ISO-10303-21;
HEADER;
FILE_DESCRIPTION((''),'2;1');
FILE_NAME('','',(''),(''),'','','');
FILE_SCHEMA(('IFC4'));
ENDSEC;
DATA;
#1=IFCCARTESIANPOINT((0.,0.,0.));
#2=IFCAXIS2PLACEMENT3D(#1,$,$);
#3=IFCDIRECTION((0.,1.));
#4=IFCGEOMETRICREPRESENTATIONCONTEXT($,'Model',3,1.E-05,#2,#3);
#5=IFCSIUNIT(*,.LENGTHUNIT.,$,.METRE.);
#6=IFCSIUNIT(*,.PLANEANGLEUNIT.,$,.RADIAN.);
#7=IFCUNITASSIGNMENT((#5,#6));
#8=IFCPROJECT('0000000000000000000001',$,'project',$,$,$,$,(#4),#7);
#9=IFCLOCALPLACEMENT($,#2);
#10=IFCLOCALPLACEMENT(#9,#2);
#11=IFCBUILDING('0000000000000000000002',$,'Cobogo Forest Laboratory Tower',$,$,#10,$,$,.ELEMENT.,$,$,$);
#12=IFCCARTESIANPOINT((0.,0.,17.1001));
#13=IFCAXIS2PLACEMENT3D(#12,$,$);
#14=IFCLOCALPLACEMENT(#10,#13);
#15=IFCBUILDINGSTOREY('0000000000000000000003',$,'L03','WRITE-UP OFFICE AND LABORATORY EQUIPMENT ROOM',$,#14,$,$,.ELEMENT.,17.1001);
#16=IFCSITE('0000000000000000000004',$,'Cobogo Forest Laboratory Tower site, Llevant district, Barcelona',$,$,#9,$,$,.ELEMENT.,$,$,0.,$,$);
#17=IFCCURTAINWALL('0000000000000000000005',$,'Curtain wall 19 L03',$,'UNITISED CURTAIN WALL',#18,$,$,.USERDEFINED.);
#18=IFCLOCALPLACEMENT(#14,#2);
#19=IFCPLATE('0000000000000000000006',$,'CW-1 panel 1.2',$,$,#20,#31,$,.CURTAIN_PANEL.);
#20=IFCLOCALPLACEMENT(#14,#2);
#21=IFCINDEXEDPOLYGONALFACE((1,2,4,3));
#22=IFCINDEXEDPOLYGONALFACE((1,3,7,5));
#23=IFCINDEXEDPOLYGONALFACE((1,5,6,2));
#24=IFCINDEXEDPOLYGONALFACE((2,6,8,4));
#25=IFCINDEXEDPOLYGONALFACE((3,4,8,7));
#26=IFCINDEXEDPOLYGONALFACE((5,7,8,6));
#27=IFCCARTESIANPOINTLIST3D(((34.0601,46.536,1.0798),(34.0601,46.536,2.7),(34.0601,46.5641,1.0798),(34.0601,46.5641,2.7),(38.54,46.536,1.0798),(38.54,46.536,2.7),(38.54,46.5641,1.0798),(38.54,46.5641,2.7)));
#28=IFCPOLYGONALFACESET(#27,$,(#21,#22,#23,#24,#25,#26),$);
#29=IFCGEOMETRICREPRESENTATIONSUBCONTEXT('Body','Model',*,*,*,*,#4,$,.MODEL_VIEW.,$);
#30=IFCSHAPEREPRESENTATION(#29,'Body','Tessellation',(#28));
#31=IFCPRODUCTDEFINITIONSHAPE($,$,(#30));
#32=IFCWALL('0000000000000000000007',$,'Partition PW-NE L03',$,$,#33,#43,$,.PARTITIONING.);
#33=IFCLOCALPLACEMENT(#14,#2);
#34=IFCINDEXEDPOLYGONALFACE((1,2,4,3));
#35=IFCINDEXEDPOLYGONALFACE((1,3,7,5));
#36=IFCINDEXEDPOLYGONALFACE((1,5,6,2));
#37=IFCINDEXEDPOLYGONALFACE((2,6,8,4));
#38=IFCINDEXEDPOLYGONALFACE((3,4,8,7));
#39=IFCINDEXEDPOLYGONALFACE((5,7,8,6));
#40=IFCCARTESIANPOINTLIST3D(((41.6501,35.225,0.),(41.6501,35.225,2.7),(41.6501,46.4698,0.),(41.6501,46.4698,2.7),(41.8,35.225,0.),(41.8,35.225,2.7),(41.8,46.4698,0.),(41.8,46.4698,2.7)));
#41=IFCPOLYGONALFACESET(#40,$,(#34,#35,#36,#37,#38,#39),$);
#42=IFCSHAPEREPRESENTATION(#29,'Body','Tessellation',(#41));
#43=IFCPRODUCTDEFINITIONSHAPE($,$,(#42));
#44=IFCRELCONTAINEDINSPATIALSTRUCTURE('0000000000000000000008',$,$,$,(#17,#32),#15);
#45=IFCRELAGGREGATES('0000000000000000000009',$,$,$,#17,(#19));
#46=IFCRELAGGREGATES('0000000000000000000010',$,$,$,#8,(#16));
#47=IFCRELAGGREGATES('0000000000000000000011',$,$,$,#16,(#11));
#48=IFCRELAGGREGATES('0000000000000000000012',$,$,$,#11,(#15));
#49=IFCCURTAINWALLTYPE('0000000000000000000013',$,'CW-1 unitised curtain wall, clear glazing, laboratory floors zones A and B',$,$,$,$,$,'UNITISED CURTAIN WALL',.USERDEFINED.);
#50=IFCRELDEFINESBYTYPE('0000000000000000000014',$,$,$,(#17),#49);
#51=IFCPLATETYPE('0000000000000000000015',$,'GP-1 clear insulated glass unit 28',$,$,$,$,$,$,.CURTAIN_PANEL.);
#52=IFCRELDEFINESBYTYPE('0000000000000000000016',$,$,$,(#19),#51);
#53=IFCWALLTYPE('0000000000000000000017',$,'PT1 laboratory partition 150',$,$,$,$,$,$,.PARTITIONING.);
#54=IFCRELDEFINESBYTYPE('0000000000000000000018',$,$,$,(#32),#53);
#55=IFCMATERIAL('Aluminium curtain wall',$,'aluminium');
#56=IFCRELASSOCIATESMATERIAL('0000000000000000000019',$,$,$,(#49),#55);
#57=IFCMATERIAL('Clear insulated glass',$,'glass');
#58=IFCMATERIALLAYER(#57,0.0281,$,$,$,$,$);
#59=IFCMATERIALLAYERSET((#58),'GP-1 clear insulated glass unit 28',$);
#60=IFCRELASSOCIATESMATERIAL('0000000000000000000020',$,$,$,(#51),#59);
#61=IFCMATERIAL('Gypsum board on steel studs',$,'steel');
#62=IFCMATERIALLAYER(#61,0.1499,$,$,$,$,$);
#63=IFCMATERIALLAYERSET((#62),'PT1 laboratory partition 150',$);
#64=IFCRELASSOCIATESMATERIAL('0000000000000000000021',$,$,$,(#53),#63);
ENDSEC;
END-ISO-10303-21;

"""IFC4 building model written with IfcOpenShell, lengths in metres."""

from ifc_helpers import new_model, si_unit, direction, frame, frame_2d, origin, origin_2d, place, context, subcontext, project, spatial, rectangle, extrude, material, layer, layer_set, type_object, element, aggregate, save


model = new_model("IFC4")

# Units and contexts
model_context = context("Model", 3, precision=1e-05, world=origin(), true_north=direction((0.0, 1.0)))
body_context = subcontext(model_context, "Body", "Model", "MODEL_VIEW")
ifc_project = project(units=[si_unit("LENGTHUNIT", "METRE"), si_unit("PLANEANGLEUNIT", "RADIAN")], contexts=[model_context])

# Site, building, storey
site_placement = place(None, origin())
site = spatial("IfcSite", under=ifc_project, at=site_placement, Name="Cobogo Forest Laboratory Tower site, Llevant district, Barcelona", CompositionType="ELEMENT", RefElevation=0.0)
building_placement = place(site_placement, origin())
building = spatial("IfcBuilding", under=site, at=building_placement, Name="Cobogo Forest Laboratory Tower", CompositionType="ELEMENT")
storey_placement = place(building_placement, frame((0.0, 0.0, 17.1001)))
storey = spatial("IfcBuildingStorey", under=building, at=storey_placement, Name="L03", Description="WRITE-UP OFFICE AND LABORATORY EQUIPMENT ROOM", CompositionType="ELEMENT", Elevation=17.1001)

# Shared definitions
ifc_material_1 = material(Name="Aluminium curtain wall", Category="aluminium")
curtain_wall_type = type_object("IfcCurtainWallType", Name="CW-1 unitised curtain wall, clear glazing, laboratory floors zones A and B", ElementType="UNITISED CURTAIN WALL", PredefinedType="USERDEFINED", material=ifc_material_1)

# Curtain wall
curtain_wall_1_placement = place(storey_placement, origin())
curtain_wall_1 = element("IfcCurtainWall", 1, at=curtain_wall_1_placement, inside=storey, type_object=curtain_wall_type, Name="Curtain wall 19 L03", ObjectType="UNITISED CURTAIN WALL", PredefinedType="USERDEFINED")

# Plate
ifc_material_2 = material(Name="Clear insulated glass", Category="glass")
ifc_layer_1 = layer(ifc_material_2, 0.0281)
ifc_layer_set_1 = layer_set([ifc_layer_1], Name="GP-1 clear insulated glass unit 28")
plate_type_1 = type_object("IfcPlateType", Name="GP-1 clear insulated glass unit 28", PredefinedType="CURTAIN_PANEL", material=ifc_layer_set_1)
plate_1_placement = place(storey_placement, frame((36.3, 46.55, 1.0798), z_axis=(0.0, 0.0, 1.0), x_axis=(-1.0, 0.0, 0.0)))
plate_1 = element("IfcPlate", 2, at=plate_1_placement, type_object=plate_type_1, Name="CW-1 panel 1.2", PredefinedType="CURTAIN_PANEL", context=body_context, shape_type="SweptSolid", body=[
    extrude(rectangle(XDim=4.48, YDim=0.0281, at=origin_2d()), origin(), (0.0, 0.0, 1.0), 1.6201),
])
aggregate(curtain_wall_1, [plate_1])

# Wall
ifc_material_3 = material(Name="Gypsum board on steel studs", Category="steel")
ifc_layer_2 = layer(ifc_material_3, 0.1499)
ifc_layer_set_2 = layer_set([ifc_layer_2], Name="PT1 laboratory partition 150")
wall_type = type_object("IfcWallType", Name="PT1 laboratory partition 150", PredefinedType="PARTITIONING", material=ifc_layer_set_2)
wall_placement = place(storey_placement, frame((41.7251, 46.47, 0.0), z_axis=(0.0, 0.0, 1.0), x_axis=(0.0, -1.0, 0.0)))
element("IfcWall", 3, at=wall_placement, inside=storey, type_object=wall_type, Name="Partition PW-NE L03", PredefinedType="PARTITIONING", context=body_context, shape_type="SweptSolid", body=[
    extrude(rectangle(XDim=11.2449, YDim=0.1499, at=frame_2d((5.6226, 0.0))), origin(), (0.0, 0.0, 1.0), 2.7),
])

save(model, "model.ifc")
